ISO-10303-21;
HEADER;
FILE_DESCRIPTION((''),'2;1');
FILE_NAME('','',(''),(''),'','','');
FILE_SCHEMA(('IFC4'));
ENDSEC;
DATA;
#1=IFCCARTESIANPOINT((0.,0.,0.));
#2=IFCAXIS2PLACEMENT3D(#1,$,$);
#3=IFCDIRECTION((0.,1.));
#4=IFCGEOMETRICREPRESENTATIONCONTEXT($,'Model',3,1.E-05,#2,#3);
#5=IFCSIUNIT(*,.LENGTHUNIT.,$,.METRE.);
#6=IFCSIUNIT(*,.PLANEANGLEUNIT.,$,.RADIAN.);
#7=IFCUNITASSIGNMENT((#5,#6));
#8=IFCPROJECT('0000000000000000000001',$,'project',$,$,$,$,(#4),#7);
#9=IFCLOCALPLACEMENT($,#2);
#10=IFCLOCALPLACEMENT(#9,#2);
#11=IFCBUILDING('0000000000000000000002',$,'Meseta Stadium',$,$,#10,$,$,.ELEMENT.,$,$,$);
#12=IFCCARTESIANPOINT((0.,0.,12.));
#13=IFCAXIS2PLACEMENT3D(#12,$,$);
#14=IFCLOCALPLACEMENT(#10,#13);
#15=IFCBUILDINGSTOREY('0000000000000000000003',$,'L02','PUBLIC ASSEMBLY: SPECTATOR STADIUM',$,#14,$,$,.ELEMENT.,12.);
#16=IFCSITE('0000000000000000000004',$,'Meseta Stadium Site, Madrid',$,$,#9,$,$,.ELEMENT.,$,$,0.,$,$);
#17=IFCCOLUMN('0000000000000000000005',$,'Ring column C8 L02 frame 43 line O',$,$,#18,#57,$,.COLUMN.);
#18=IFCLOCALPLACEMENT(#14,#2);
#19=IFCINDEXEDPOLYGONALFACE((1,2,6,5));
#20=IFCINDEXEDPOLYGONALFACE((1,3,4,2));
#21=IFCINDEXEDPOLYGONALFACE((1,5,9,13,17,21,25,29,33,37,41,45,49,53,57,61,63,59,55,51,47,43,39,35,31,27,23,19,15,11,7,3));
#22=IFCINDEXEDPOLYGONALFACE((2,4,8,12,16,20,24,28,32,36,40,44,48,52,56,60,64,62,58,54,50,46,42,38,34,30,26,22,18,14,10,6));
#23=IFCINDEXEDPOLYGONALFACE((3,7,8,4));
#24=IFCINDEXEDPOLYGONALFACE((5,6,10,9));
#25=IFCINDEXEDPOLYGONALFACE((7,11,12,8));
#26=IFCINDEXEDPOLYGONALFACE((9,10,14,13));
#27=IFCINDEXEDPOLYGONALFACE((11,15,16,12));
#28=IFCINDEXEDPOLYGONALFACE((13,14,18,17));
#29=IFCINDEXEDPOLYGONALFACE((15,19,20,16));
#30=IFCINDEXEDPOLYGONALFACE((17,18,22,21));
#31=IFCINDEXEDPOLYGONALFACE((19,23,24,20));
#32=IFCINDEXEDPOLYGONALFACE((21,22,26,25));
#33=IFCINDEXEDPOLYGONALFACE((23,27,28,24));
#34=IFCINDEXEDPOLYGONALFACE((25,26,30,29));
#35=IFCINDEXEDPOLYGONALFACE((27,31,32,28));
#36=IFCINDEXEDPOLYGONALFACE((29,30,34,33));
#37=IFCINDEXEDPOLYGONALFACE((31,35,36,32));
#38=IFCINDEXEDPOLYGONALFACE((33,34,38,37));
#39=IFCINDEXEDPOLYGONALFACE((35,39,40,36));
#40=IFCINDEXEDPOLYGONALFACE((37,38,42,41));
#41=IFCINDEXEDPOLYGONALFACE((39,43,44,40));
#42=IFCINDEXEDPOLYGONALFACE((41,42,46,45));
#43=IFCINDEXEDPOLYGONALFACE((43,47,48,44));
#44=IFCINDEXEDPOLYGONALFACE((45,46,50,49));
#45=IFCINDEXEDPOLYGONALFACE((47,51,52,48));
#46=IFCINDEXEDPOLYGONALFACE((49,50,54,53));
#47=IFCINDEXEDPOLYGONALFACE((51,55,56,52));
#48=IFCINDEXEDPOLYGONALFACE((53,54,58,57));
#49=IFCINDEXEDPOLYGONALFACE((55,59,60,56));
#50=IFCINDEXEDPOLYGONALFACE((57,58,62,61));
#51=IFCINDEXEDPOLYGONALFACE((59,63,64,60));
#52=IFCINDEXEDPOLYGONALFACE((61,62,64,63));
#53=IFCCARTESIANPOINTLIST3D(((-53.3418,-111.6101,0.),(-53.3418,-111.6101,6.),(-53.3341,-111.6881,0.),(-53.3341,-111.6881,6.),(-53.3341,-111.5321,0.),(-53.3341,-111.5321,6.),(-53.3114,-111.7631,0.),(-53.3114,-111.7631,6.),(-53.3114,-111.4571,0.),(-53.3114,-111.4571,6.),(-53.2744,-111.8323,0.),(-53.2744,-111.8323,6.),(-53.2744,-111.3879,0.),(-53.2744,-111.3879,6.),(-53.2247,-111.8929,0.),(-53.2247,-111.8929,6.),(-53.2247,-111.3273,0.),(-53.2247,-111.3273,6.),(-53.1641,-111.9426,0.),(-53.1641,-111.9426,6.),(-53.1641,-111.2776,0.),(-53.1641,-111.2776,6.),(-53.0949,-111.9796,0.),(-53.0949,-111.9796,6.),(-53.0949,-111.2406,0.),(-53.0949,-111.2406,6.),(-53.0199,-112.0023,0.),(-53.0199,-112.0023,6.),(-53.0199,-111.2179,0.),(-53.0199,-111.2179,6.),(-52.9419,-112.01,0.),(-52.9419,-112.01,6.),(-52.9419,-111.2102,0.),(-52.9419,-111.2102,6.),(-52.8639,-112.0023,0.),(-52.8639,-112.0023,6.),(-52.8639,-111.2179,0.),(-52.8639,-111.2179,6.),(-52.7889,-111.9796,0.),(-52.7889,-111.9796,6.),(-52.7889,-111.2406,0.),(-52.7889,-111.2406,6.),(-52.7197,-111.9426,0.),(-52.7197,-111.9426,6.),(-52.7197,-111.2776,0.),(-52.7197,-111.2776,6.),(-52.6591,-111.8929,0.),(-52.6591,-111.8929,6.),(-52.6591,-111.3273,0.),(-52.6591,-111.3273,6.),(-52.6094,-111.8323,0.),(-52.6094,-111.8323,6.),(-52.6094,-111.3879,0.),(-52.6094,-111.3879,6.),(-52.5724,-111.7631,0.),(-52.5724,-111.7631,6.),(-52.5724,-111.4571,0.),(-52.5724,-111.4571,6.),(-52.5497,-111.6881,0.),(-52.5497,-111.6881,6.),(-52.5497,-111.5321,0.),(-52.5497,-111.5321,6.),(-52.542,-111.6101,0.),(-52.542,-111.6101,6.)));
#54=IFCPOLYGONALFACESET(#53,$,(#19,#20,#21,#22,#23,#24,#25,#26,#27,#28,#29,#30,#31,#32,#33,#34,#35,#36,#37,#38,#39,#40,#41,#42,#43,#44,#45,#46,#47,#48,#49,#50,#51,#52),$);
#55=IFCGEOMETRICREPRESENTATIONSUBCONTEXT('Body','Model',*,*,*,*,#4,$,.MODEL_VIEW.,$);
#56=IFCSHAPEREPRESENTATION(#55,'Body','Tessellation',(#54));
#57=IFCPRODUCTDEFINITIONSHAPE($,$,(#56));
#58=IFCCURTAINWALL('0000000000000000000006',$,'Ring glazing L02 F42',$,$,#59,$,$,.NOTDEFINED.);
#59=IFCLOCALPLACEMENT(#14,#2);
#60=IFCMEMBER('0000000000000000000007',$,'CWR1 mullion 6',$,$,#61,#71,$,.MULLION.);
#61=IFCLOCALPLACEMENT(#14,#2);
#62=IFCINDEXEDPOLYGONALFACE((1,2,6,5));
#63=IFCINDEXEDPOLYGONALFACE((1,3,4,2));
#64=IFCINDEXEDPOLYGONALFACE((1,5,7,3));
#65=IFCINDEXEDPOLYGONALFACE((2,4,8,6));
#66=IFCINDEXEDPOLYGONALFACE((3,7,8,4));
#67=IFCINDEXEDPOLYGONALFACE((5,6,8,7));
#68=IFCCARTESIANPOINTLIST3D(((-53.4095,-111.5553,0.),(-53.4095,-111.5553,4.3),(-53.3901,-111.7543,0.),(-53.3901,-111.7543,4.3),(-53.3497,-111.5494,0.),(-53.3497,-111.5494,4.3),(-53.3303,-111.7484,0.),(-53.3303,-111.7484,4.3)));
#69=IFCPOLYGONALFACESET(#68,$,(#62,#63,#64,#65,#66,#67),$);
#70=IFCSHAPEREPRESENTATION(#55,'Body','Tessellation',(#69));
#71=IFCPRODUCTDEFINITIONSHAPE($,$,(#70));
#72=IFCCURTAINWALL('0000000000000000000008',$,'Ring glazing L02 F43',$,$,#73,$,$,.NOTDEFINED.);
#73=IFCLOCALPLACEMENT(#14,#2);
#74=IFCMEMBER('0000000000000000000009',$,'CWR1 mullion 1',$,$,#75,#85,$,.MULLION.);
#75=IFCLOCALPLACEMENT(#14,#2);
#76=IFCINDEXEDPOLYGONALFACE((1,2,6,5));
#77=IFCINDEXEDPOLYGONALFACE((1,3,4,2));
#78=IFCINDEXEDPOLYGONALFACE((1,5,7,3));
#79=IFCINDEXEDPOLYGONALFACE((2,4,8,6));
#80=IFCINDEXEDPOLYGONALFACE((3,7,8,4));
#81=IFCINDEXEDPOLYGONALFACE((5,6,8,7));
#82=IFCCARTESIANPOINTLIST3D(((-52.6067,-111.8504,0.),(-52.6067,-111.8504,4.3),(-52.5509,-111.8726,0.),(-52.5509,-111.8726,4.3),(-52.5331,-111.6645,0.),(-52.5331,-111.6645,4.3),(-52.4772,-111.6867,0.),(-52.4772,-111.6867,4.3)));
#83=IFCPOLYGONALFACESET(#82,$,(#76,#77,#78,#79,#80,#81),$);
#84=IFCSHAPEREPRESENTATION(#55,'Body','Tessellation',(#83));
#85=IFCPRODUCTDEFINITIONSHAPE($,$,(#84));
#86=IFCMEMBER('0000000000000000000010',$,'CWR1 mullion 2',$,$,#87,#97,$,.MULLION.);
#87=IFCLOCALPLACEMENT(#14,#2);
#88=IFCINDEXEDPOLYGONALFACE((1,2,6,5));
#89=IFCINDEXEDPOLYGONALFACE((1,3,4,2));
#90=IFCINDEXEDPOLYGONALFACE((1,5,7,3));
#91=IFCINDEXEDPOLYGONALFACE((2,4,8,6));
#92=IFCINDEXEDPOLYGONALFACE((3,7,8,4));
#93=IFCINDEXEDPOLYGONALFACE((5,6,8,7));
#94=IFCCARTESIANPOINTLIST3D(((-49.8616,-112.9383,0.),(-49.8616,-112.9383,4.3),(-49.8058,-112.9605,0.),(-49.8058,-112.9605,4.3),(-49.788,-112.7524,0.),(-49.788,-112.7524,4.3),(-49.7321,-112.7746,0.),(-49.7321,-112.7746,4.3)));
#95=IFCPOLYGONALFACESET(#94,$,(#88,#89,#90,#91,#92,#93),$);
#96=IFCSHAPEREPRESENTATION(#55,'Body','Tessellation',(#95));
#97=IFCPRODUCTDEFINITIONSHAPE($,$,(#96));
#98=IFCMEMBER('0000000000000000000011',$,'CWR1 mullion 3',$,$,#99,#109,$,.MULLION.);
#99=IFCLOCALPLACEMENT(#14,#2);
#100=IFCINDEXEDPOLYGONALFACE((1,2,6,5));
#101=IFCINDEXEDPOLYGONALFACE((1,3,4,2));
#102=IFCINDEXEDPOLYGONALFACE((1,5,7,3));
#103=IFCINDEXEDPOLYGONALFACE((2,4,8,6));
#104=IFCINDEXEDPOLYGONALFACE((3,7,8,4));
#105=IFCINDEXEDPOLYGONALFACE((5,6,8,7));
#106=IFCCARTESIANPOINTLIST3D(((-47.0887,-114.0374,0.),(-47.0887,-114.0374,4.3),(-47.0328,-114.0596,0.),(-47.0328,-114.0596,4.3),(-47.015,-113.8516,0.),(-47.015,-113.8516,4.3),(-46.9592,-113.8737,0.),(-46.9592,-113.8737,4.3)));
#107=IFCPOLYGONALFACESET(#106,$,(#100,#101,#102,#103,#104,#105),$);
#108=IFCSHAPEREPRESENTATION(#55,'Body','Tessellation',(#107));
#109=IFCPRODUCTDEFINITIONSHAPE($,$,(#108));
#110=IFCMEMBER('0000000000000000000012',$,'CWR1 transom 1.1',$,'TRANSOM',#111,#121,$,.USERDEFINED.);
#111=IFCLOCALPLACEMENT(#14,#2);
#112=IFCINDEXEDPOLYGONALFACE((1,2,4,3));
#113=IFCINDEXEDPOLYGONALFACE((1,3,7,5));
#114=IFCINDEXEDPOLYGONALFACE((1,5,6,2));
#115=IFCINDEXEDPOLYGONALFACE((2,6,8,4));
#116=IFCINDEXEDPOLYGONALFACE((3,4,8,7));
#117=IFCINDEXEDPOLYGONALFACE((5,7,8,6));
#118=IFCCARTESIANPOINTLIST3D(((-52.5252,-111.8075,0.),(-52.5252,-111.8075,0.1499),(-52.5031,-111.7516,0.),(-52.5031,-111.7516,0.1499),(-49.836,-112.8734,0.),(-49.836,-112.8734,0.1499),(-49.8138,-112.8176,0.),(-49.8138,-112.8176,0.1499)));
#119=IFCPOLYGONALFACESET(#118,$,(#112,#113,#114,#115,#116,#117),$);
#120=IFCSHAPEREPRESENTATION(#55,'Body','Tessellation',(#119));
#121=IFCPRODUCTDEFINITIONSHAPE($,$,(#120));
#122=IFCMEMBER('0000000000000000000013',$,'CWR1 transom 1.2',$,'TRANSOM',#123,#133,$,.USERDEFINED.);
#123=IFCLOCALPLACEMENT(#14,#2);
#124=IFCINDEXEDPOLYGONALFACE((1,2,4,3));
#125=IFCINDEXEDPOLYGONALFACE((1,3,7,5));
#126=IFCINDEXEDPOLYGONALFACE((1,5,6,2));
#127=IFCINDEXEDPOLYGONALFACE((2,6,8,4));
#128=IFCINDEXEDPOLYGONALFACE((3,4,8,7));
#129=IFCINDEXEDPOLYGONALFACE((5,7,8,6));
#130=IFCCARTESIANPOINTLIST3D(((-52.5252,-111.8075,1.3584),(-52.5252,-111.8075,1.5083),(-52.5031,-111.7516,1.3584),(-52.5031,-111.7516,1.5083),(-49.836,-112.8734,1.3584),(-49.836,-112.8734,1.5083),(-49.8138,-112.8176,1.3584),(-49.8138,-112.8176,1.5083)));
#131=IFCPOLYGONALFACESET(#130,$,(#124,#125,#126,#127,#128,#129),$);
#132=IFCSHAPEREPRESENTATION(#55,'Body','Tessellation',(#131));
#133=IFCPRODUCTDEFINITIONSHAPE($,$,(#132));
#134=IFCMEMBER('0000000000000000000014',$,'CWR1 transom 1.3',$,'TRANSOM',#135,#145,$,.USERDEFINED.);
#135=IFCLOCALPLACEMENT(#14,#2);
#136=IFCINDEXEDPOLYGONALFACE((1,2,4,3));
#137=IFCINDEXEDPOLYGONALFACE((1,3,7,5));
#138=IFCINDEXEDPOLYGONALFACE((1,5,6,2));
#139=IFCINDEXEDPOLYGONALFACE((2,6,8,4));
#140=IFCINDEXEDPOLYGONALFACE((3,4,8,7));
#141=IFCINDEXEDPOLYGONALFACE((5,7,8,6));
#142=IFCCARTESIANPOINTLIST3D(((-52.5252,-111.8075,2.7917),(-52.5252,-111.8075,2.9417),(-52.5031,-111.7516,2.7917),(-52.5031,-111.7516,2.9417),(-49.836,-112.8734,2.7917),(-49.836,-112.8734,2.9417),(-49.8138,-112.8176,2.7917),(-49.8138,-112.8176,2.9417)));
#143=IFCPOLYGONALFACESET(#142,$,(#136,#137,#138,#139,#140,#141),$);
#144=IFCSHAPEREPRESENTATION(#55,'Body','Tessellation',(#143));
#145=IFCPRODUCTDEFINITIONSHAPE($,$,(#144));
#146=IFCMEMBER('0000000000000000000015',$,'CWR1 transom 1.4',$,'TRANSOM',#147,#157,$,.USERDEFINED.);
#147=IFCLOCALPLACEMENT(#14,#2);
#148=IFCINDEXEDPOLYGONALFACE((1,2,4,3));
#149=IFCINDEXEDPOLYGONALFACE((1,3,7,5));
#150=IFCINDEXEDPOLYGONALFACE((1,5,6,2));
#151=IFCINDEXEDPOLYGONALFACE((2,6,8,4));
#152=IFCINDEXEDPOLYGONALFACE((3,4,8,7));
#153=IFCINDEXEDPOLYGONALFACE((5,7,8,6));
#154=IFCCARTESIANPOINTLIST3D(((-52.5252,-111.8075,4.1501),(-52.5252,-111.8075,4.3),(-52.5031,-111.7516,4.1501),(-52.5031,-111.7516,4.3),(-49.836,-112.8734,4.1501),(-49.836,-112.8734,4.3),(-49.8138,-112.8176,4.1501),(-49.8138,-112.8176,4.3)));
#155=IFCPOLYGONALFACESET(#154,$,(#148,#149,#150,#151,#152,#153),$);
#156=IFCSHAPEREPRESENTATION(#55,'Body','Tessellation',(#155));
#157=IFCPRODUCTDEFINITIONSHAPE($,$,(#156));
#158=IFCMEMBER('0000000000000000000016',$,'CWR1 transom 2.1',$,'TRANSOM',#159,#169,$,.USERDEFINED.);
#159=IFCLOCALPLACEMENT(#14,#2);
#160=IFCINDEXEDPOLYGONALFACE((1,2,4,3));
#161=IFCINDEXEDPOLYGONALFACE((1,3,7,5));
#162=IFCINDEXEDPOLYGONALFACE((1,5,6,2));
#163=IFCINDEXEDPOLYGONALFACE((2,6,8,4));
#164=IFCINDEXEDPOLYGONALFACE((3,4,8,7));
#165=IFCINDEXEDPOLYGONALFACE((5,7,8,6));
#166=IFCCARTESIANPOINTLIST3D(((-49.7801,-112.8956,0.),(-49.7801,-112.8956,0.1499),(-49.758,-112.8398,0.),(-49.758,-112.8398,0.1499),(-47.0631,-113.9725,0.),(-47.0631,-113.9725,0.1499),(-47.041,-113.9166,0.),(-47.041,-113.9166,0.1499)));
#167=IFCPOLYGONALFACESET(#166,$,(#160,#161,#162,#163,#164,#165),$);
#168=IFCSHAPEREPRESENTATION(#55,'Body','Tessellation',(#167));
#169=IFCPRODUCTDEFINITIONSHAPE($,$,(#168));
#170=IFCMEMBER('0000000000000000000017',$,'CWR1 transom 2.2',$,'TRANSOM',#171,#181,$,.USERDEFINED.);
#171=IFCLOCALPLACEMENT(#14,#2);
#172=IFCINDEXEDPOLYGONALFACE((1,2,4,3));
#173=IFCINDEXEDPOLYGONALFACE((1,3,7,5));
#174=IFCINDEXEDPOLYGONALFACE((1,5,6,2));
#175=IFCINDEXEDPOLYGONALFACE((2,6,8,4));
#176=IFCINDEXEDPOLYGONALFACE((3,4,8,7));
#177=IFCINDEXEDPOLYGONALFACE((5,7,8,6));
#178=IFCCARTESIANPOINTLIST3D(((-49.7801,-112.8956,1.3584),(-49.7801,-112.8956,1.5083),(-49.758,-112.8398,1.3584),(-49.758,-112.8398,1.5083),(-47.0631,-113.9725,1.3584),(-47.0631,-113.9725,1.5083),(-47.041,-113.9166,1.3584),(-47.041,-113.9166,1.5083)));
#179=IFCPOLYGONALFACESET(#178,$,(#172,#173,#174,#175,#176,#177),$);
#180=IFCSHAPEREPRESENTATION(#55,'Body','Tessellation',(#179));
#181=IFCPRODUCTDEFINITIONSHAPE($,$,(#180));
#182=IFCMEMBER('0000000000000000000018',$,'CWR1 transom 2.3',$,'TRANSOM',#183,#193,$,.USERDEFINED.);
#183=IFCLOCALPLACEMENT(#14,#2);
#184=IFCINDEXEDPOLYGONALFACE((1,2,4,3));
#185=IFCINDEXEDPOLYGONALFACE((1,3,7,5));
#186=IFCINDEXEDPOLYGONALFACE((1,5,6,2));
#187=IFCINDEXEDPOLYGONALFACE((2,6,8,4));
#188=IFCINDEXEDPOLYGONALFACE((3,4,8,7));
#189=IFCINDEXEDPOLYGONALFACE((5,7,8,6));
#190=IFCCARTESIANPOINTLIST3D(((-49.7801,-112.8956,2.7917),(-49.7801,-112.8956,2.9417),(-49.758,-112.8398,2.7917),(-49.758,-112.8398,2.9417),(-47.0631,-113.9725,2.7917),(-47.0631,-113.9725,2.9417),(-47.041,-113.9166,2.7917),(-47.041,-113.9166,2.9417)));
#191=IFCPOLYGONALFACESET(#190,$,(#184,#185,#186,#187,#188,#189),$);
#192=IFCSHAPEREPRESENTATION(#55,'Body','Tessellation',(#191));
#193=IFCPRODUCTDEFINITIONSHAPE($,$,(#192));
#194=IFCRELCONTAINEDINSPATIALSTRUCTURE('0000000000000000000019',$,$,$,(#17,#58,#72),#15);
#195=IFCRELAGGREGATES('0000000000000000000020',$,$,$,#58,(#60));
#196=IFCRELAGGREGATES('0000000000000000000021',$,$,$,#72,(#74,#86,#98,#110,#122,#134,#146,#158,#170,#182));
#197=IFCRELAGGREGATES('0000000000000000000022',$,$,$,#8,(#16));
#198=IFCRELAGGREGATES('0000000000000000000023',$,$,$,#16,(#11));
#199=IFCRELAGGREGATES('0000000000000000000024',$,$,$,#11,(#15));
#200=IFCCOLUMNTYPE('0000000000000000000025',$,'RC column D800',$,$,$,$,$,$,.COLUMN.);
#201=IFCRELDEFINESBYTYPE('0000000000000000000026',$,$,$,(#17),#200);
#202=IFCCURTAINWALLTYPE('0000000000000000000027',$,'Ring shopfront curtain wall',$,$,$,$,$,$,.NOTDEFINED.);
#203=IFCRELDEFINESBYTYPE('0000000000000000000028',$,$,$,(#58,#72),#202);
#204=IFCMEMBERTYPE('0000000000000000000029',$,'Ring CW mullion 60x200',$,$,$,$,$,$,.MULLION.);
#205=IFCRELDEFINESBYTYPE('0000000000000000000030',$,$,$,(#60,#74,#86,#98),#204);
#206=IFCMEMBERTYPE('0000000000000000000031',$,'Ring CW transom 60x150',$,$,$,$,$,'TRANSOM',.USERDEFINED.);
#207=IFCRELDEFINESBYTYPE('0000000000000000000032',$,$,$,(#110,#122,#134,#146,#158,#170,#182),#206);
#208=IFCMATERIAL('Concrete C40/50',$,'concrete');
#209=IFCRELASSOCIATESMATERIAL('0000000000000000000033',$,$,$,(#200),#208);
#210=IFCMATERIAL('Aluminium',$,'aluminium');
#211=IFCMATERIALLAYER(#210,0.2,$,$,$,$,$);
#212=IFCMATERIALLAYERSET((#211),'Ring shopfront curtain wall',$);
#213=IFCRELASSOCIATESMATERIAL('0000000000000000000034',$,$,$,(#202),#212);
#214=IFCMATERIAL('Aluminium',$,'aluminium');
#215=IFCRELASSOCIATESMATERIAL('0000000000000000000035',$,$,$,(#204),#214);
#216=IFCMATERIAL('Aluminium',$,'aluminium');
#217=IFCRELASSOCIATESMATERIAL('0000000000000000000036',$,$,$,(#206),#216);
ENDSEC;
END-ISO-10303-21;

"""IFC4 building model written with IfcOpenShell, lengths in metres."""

from ifc_helpers import new_model, si_unit, direction, frame, origin, origin_2d, place, context, subcontext, project, spatial, rectangle, circle, extrude, material, layer, layer_set, material_profile, profile_set, type_object, element, aggregate, save


model = new_model("IFC4")

# Units and contexts
model_context = context("Model", 3, precision=1e-05, world=origin(), true_north=direction((0.0, 1.0)))
body_context = subcontext(model_context, "Body", "Model", "MODEL_VIEW")
ifc_project = project(units=[si_unit("LENGTHUNIT", "METRE"), si_unit("PLANEANGLEUNIT", "RADIAN")], contexts=[model_context])

# Site, building, storey
site_placement = place(None, origin())
site = spatial("IfcSite", under=ifc_project, at=site_placement, Name="Meseta Stadium Site, Madrid", CompositionType="ELEMENT", RefElevation=0.0)
building_placement = place(site_placement, origin())
building = spatial("IfcBuilding", under=site, at=building_placement, Name="Meseta Stadium", CompositionType="ELEMENT")
storey_placement = place(building_placement, frame((0.0, 0.0, 12.0)))
storey = spatial("IfcBuildingStorey", under=building, at=storey_placement, Name="L02", Description="PUBLIC ASSEMBLY: SPECTATOR STADIUM", CompositionType="ELEMENT", Elevation=12.0)

# Column
ifc_material_1 = material(Name="Concrete C40/50", Category="concrete")
ifc_material_profile_1 = material_profile(ifc_material_1, circle(Radius=0.3999, at=origin_2d()), Name="RC D800")
ifc_profile_set_1 = profile_set([ifc_material_profile_1], Name="Concrete C40/50")
column_type = type_object("IfcColumnType", Name="RC column D800", PredefinedType="COLUMN", material=ifc_profile_set_1)
column_placement = place(storey_placement, frame((-52.9419, -111.6101, 0.0), z_axis=(0.0, 0.0, 1.0), x_axis=(1.0, 0.0, 0.0)))
element("IfcColumn", 1, at=column_placement, inside=storey, type_object=column_type, Name="Ring column C8 L02 frame 43 line O", PredefinedType="COLUMN", context=body_context, shape_type="SweptSolid", body=[
    extrude(circle(Radius=0.3999, at=origin_2d()), origin(), (0.0, 0.0, 1.0), 6.0),
])

# Curtain wall, member
ifc_material_2 = material(Name="Aluminium", Category="aluminium")
ifc_layer_1 = layer(ifc_material_2, 0.2)
ifc_layer_set_1 = layer_set([ifc_layer_1], Name="Ring shopfront curtain wall")
curtain_wall_type = type_object("IfcCurtainWallType", Name="Ring shopfront curtain wall", PredefinedType="NOTDEFINED", material=ifc_layer_set_1)
curtain_wall_1_placement = place(storey_placement, origin())
curtain_wall_1 = element("IfcCurtainWall", 2, at=curtain_wall_1_placement, inside=storey, type_object=curtain_wall_type, Name="Ring glazing L02 F42", PredefinedType="NOTDEFINED")
ifc_material_3 = material(Name="Aluminium", Category="aluminium")
ifc_material_profile_2 = material_profile(ifc_material_3, rectangle(XDim=0.2, YDim=0.0601, at=origin_2d()), Name="CW 200x60")
ifc_profile_set_2 = profile_set([ifc_material_profile_2], Name="Aluminium")
member_type_1 = type_object("IfcMemberType", Name="Ring CW mullion 60x200", PredefinedType="MULLION", material=ifc_profile_set_2)
member_1_placement = place(storey_placement, frame((-53.3699, -111.6519, 0.0), z_axis=(0.0, 0.0, 1.0), x_axis=(-0.097125, 0.995272, 0.0)))
member_1 = element("IfcMember", 3, at=member_1_placement, type_object=member_type_1, Name="CWR1 mullion 6", PredefinedType="MULLION", context=body_context, shape_type="SweptSolid", body=[
    extrude(rectangle(XDim=0.2, YDim=0.0601, at=origin_2d()), origin(), (0.0, 0.0, 1.0), 4.3),
])

# Curtain wall, members
curtain_wall_2_placement = place(storey_placement, origin())
curtain_wall_2 = element("IfcCurtainWall", 4, at=curtain_wall_2_placement, inside=storey, type_object=curtain_wall_type, Name="Ring glazing L02 F43", PredefinedType="NOTDEFINED")
member_2_placement = place(storey_placement, frame((-52.542, -111.7686, 0.0), z_axis=(0.0, 0.0, 1.0), x_axis=(0.368454, 0.929646, 0.0)))
member_2 = element("IfcMember", 5, at=member_2_placement, type_object=member_type_1, Name="CWR1 mullion 1", PredefinedType="MULLION", context=body_context, shape_type="SweptSolid", body=[
    extrude(rectangle(XDim=0.2, YDim=0.0601, at=origin_2d()), origin(), (0.0, 0.0, 1.0), 4.3),
])
member_3_placement = place(storey_placement, frame((-49.7969, -112.8564, 0.0), z_axis=(0.0, 0.0, 1.0), x_axis=(0.368454, 0.929646, 0.0)))
member_3 = element("IfcMember", 6, at=member_3_placement, type_object=member_type_1, Name="CWR1 mullion 2", PredefinedType="MULLION", context=body_context, shape_type="SweptSolid", body=[
    extrude(rectangle(XDim=0.2, YDim=0.0601, at=origin_2d()), origin(), (0.0, 0.0, 1.0), 4.3),
])
member_4_placement = place(storey_placement, frame((-47.0239, -113.9556, 0.0), z_axis=(0.0, 0.0, 1.0), x_axis=(0.368454, 0.929646, 0.0)))
member_4 = element("IfcMember", 7, at=member_4_placement, type_object=member_type_1, Name="CWR1 mullion 3", PredefinedType="MULLION", context=body_context, shape_type="SweptSolid", body=[
    extrude(rectangle(XDim=0.2, YDim=0.0601, at=origin_2d()), origin(), (0.0, 0.0, 1.0), 4.3),
])
ifc_material_4 = material(Name="Aluminium", Category="aluminium")
ifc_material_profile_3 = material_profile(ifc_material_4, rectangle(XDim=0.0601, YDim=0.1499, at=origin_2d()), Name="CW 60x150")
ifc_profile_set_3 = profile_set([ifc_material_profile_3], Name="Aluminium")
member_type_2 = type_object("IfcMemberType", Name="Ring CW transom 60x150", ElementType="TRANSOM", PredefinedType="USERDEFINED", material=ifc_profile_set_3)
member_5_placement = place(storey_placement, frame((-52.5142, -111.7795, 0.075), z_axis=(0.929636, -0.368479, 0.0), x_axis=(0.368479, 0.929636, 0.0)))
member_5 = element("IfcMember", 8, at=member_5_placement, type_object=member_type_2, Name="CWR1 transom 1.1", ObjectType="TRANSOM", PredefinedType="USERDEFINED", context=body_context, shape_type="SweptSolid", body=[
    extrude(rectangle(XDim=0.0601, YDim=0.1499, at=origin_2d()), origin(), (0.0, 0.0, 1.0), 2.8928),
])
member_6_placement = place(storey_placement, frame((-52.5142, -111.7795, 1.4333), z_axis=(0.929636, -0.368479, 0.0), x_axis=(0.368479, 0.929636, 0.0)))
member_6 = element("IfcMember", 9, at=member_6_placement, type_object=member_type_2, Name="CWR1 transom 1.2", ObjectType="TRANSOM", PredefinedType="USERDEFINED", context=body_context, shape_type="SweptSolid", body=[
    extrude(rectangle(XDim=0.0601, YDim=0.1499, at=origin_2d()), origin(), (0.0, 0.0, 1.0), 2.8928),
])
member_7_placement = place(storey_placement, frame((-52.5142, -111.7795, 2.8667), z_axis=(0.929636, -0.368479, 0.0), x_axis=(0.368479, 0.929636, 0.0)))
member_7 = element("IfcMember", 10, at=member_7_placement, type_object=member_type_2, Name="CWR1 transom 1.3", ObjectType="TRANSOM", PredefinedType="USERDEFINED", context=body_context, shape_type="SweptSolid", body=[
    extrude(rectangle(XDim=0.0601, YDim=0.1499, at=origin_2d()), origin(), (0.0, 0.0, 1.0), 2.8928),
])
member_8_placement = place(storey_placement, frame((-52.5142, -111.7795, 4.2251), z_axis=(0.929636, -0.368479, 0.0), x_axis=(0.368479, 0.929636, 0.0)))
member_8 = element("IfcMember", 11, at=member_8_placement, type_object=member_type_2, Name="CWR1 transom 1.4", ObjectType="TRANSOM", PredefinedType="USERDEFINED", context=body_context, shape_type="SweptSolid", body=[
    extrude(rectangle(XDim=0.0601, YDim=0.1499, at=origin_2d()), origin(), (0.0, 0.0, 1.0), 2.8928),
])
member_9_placement = place(storey_placement, frame((-49.769, -112.8677, 0.075), z_axis=(0.929642, -0.368465, 0.0), x_axis=(0.368465, 0.929642, 0.0)))
member_9 = element("IfcMember", 12, at=member_9_placement, type_object=member_type_2, Name="CWR1 transom 2.1", ObjectType="TRANSOM", PredefinedType="USERDEFINED", context=body_context, shape_type="SweptSolid", body=[
    extrude(rectangle(XDim=0.0601, YDim=0.1499, at=origin_2d()), origin(), (0.0, 0.0, 1.0), 2.9226),
])
member_10_placement = place(storey_placement, frame((-49.769, -112.8677, 1.4333), z_axis=(0.929642, -0.368465, 0.0), x_axis=(0.368465, 0.929642, 0.0)))
member_10 = element("IfcMember", 13, at=member_10_placement, type_object=member_type_2, Name="CWR1 transom 2.2", ObjectType="TRANSOM", PredefinedType="USERDEFINED", context=body_context, shape_type="SweptSolid", body=[
    extrude(rectangle(XDim=0.0601, YDim=0.1499, at=origin_2d()), origin(), (0.0, 0.0, 1.0), 2.9226),
])
member_11_placement = place(storey_placement, frame((-49.769, -112.8677, 2.8667), z_axis=(0.929642, -0.368465, 0.0), x_axis=(0.368465, 0.929642, 0.0)))
member_11 = element("IfcMember", 14, at=member_11_placement, type_object=member_type_2, Name="CWR1 transom 2.3", ObjectType="TRANSOM", PredefinedType="USERDEFINED", context=body_context, shape_type="SweptSolid", body=[
    extrude(rectangle(XDim=0.0601, YDim=0.1499, at=origin_2d()), origin(), (0.0, 0.0, 1.0), 2.9226),
])

aggregate(curtain_wall_1, [member_1])
aggregate(curtain_wall_2, [member_2, member_3, member_4, member_5, member_6, member_7, member_8, member_9, member_10, member_11])

save(model, "model.ifc")
